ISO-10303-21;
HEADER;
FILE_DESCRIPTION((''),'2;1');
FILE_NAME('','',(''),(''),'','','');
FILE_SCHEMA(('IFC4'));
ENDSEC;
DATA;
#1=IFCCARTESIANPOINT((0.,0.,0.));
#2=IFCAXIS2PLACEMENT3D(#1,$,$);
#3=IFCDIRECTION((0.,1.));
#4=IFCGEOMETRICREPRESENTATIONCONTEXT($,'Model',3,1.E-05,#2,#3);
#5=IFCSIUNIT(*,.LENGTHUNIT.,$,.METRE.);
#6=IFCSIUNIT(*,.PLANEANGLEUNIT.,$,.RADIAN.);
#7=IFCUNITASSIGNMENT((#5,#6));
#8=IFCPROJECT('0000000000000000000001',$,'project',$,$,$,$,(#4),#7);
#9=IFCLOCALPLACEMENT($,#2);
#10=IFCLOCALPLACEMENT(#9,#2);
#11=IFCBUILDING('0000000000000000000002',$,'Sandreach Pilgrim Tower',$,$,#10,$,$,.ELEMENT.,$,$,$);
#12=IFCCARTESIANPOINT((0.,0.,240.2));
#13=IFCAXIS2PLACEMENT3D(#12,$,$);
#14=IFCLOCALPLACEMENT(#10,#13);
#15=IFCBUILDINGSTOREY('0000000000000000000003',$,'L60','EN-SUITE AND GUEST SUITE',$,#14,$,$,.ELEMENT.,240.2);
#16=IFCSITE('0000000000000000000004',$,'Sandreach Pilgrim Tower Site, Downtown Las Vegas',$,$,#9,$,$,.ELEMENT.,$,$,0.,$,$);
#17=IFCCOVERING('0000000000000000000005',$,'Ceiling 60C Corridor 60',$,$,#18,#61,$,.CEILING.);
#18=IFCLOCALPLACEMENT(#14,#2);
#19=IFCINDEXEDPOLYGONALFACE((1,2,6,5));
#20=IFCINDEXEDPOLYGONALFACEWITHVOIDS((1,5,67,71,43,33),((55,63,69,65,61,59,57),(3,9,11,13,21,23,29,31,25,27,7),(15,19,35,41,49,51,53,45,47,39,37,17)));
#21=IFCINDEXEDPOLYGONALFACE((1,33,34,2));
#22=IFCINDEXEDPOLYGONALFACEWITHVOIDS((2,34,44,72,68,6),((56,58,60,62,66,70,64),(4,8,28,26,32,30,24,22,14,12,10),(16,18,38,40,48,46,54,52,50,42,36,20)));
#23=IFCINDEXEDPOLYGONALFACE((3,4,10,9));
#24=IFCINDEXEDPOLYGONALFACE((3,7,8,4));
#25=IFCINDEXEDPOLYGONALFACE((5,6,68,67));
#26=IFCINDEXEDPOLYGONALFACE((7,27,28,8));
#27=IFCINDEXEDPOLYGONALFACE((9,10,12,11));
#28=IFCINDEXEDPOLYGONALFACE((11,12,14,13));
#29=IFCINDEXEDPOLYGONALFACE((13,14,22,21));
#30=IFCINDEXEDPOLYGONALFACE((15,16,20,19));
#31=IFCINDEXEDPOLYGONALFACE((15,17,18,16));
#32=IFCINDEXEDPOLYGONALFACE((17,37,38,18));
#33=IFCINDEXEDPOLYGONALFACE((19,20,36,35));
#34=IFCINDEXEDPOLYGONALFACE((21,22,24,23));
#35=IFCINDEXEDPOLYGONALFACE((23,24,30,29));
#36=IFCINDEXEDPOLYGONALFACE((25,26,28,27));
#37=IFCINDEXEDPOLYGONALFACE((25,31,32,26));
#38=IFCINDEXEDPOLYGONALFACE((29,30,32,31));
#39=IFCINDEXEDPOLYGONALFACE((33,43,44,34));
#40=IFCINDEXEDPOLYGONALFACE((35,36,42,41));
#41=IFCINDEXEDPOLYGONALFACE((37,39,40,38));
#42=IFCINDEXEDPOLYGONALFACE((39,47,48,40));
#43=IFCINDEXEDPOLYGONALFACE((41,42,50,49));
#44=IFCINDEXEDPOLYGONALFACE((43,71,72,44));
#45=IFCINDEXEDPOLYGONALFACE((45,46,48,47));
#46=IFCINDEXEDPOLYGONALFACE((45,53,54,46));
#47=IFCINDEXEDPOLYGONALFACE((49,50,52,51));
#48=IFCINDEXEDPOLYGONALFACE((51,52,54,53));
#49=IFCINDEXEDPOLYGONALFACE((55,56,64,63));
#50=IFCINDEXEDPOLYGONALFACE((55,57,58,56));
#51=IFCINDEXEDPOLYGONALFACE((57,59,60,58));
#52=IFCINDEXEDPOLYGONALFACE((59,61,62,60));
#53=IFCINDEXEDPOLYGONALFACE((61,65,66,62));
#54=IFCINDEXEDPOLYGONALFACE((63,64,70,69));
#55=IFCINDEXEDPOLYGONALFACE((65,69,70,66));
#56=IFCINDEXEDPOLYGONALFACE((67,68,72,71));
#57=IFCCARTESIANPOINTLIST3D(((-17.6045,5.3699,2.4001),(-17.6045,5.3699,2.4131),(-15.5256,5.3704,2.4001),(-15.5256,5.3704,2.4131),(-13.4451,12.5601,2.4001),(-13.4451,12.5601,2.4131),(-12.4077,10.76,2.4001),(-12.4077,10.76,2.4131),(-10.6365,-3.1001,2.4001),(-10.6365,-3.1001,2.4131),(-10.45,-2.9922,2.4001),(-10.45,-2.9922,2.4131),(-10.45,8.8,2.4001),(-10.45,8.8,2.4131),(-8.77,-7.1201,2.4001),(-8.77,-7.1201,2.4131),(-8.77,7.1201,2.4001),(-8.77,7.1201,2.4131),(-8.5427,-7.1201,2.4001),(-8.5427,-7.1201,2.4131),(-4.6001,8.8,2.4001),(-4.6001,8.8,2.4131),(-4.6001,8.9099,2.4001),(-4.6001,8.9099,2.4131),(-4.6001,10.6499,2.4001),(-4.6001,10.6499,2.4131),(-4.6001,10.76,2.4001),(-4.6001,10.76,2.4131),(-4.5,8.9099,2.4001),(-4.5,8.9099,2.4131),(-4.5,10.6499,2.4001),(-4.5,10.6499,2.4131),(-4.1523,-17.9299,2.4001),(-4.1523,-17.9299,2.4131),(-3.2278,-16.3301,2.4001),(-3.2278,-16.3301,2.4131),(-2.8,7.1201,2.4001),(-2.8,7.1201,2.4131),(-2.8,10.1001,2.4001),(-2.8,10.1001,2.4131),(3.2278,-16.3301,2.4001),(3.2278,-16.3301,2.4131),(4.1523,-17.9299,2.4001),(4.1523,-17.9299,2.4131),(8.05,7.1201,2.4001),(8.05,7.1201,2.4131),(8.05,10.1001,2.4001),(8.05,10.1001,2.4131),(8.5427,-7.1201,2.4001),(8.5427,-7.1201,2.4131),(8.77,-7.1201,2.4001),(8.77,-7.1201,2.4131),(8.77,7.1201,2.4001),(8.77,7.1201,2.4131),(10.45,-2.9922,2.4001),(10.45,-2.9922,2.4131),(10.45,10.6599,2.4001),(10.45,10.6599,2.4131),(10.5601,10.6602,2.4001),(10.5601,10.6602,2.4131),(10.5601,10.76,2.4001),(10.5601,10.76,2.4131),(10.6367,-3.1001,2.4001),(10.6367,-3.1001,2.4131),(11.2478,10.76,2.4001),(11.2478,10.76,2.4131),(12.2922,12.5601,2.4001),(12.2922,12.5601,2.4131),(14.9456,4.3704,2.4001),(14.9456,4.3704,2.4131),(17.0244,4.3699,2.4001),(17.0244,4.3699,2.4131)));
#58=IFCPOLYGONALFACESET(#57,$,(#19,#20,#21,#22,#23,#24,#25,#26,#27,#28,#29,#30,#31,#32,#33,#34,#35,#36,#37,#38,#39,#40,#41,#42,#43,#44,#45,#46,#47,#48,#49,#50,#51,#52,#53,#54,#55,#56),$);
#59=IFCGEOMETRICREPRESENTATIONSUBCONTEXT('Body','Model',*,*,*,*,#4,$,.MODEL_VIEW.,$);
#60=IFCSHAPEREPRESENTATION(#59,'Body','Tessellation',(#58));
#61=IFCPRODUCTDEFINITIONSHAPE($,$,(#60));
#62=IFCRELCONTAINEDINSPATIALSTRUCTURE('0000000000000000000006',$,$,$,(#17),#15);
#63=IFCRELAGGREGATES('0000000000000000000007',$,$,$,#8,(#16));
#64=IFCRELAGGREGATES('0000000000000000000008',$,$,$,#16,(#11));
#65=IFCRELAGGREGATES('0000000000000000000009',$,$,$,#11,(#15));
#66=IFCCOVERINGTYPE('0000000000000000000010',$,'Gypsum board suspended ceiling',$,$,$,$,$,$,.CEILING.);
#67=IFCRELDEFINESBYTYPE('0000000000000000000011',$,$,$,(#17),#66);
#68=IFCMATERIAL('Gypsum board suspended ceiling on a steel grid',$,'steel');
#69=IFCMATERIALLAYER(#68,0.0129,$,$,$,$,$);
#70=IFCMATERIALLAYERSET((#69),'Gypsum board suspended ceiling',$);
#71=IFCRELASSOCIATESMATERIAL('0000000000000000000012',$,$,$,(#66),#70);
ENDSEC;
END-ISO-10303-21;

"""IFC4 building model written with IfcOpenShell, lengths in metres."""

from ifc_helpers import new_model, si_unit, direction, frame, origin, place, context, subcontext, project, spatial, polyline, outline, extrude, material, layer, layer_set, type_object, element, save


model = new_model("IFC4")

# Units and contexts
model_context = context("Model", 3, precision=1e-05, world=origin(), true_north=direction((0.0, 1.0)))
body_context = subcontext(model_context, "Body", "Model", "MODEL_VIEW")
ifc_project = project(units=[si_unit("LENGTHUNIT", "METRE"), si_unit("PLANEANGLEUNIT", "RADIAN")], contexts=[model_context])

# Site, building, storey
site_placement = place(None, origin())
site = spatial("IfcSite", under=ifc_project, at=site_placement, Name="Sandreach Pilgrim Tower Site, Downtown Las Vegas", CompositionType="ELEMENT", RefElevation=0.0)
building_placement = place(site_placement, origin())
building = spatial("IfcBuilding", under=site, at=building_placement, Name="Sandreach Pilgrim Tower", CompositionType="ELEMENT")
storey_placement = place(building_placement, frame((0.0, 0.0, 240.2)))
storey = spatial("IfcBuildingStorey", under=building, at=storey_placement, Name="L60", Description="EN-SUITE AND GUEST SUITE", CompositionType="ELEMENT", Elevation=240.2)

# Covering
ifc_material_1 = material(Name="Gypsum board suspended ceiling on a steel grid", Category="steel")
ifc_layer_1 = layer(ifc_material_1, 0.0129)
ifc_layer_set_1 = layer_set([ifc_layer_1], Name="Gypsum board suspended ceiling")
covering_type_1 = type_object("IfcCoveringType", Name="Gypsum board suspended ceiling", PredefinedType="CEILING", material=ifc_layer_set_1)
covering_1_placement = place(storey_placement, frame((0.0, 0.0, 2.4001)))
element("IfcCovering", 1, at=covering_1_placement, inside=storey, type_object=covering_type_1, Name="Ceiling 60C Corridor 60", PredefinedType="CEILING", context=body_context, shape_type="SweptSolid", body=[
    extrude(outline(polyline([(-4.1523, -17.9299), (-17.6045, 5.3699), (-13.4451, 12.5601), (12.2922, 12.5601), (17.0244, 4.3699), (4.1523, -17.9299), (-4.1523, -17.9299)]), holes=[polyline([(10.45, 10.6599), (10.45, -2.9922), (10.6367, -3.1001), (14.9456, 4.3704), (11.2478, 10.76), (10.5601, 10.76), (10.5601, 10.6602), (10.45, 10.6599)]), polyline([(-3.2278, -16.3301), (3.2278, -16.3301), (8.5427, -7.1201), (8.77, -7.1201), (8.77, 7.1201), (8.05, 7.1201), (8.05, 10.1001), (-2.8, 10.1001), (-2.8, 7.1201), (-8.77, 7.1201), (-8.77, -7.1201), (-8.5427, -7.1201), (-3.2278, -16.3301)]), polyline([(-15.5256, 5.3704), (-10.6365, -3.1001), (-10.45, -2.9922), (-10.45, 8.8), (-4.6001, 8.8), (-4.6001, 8.9099), (-4.5, 8.9099), (-4.5, 10.6499), (-4.6001, 10.6499), (-4.6001, 10.76), (-12.4077, 10.76), (-15.5256, 5.3704)])]), origin(), (0.0, 0.0, 1.0), 0.0129),
])

save(model, "model.ifc")
